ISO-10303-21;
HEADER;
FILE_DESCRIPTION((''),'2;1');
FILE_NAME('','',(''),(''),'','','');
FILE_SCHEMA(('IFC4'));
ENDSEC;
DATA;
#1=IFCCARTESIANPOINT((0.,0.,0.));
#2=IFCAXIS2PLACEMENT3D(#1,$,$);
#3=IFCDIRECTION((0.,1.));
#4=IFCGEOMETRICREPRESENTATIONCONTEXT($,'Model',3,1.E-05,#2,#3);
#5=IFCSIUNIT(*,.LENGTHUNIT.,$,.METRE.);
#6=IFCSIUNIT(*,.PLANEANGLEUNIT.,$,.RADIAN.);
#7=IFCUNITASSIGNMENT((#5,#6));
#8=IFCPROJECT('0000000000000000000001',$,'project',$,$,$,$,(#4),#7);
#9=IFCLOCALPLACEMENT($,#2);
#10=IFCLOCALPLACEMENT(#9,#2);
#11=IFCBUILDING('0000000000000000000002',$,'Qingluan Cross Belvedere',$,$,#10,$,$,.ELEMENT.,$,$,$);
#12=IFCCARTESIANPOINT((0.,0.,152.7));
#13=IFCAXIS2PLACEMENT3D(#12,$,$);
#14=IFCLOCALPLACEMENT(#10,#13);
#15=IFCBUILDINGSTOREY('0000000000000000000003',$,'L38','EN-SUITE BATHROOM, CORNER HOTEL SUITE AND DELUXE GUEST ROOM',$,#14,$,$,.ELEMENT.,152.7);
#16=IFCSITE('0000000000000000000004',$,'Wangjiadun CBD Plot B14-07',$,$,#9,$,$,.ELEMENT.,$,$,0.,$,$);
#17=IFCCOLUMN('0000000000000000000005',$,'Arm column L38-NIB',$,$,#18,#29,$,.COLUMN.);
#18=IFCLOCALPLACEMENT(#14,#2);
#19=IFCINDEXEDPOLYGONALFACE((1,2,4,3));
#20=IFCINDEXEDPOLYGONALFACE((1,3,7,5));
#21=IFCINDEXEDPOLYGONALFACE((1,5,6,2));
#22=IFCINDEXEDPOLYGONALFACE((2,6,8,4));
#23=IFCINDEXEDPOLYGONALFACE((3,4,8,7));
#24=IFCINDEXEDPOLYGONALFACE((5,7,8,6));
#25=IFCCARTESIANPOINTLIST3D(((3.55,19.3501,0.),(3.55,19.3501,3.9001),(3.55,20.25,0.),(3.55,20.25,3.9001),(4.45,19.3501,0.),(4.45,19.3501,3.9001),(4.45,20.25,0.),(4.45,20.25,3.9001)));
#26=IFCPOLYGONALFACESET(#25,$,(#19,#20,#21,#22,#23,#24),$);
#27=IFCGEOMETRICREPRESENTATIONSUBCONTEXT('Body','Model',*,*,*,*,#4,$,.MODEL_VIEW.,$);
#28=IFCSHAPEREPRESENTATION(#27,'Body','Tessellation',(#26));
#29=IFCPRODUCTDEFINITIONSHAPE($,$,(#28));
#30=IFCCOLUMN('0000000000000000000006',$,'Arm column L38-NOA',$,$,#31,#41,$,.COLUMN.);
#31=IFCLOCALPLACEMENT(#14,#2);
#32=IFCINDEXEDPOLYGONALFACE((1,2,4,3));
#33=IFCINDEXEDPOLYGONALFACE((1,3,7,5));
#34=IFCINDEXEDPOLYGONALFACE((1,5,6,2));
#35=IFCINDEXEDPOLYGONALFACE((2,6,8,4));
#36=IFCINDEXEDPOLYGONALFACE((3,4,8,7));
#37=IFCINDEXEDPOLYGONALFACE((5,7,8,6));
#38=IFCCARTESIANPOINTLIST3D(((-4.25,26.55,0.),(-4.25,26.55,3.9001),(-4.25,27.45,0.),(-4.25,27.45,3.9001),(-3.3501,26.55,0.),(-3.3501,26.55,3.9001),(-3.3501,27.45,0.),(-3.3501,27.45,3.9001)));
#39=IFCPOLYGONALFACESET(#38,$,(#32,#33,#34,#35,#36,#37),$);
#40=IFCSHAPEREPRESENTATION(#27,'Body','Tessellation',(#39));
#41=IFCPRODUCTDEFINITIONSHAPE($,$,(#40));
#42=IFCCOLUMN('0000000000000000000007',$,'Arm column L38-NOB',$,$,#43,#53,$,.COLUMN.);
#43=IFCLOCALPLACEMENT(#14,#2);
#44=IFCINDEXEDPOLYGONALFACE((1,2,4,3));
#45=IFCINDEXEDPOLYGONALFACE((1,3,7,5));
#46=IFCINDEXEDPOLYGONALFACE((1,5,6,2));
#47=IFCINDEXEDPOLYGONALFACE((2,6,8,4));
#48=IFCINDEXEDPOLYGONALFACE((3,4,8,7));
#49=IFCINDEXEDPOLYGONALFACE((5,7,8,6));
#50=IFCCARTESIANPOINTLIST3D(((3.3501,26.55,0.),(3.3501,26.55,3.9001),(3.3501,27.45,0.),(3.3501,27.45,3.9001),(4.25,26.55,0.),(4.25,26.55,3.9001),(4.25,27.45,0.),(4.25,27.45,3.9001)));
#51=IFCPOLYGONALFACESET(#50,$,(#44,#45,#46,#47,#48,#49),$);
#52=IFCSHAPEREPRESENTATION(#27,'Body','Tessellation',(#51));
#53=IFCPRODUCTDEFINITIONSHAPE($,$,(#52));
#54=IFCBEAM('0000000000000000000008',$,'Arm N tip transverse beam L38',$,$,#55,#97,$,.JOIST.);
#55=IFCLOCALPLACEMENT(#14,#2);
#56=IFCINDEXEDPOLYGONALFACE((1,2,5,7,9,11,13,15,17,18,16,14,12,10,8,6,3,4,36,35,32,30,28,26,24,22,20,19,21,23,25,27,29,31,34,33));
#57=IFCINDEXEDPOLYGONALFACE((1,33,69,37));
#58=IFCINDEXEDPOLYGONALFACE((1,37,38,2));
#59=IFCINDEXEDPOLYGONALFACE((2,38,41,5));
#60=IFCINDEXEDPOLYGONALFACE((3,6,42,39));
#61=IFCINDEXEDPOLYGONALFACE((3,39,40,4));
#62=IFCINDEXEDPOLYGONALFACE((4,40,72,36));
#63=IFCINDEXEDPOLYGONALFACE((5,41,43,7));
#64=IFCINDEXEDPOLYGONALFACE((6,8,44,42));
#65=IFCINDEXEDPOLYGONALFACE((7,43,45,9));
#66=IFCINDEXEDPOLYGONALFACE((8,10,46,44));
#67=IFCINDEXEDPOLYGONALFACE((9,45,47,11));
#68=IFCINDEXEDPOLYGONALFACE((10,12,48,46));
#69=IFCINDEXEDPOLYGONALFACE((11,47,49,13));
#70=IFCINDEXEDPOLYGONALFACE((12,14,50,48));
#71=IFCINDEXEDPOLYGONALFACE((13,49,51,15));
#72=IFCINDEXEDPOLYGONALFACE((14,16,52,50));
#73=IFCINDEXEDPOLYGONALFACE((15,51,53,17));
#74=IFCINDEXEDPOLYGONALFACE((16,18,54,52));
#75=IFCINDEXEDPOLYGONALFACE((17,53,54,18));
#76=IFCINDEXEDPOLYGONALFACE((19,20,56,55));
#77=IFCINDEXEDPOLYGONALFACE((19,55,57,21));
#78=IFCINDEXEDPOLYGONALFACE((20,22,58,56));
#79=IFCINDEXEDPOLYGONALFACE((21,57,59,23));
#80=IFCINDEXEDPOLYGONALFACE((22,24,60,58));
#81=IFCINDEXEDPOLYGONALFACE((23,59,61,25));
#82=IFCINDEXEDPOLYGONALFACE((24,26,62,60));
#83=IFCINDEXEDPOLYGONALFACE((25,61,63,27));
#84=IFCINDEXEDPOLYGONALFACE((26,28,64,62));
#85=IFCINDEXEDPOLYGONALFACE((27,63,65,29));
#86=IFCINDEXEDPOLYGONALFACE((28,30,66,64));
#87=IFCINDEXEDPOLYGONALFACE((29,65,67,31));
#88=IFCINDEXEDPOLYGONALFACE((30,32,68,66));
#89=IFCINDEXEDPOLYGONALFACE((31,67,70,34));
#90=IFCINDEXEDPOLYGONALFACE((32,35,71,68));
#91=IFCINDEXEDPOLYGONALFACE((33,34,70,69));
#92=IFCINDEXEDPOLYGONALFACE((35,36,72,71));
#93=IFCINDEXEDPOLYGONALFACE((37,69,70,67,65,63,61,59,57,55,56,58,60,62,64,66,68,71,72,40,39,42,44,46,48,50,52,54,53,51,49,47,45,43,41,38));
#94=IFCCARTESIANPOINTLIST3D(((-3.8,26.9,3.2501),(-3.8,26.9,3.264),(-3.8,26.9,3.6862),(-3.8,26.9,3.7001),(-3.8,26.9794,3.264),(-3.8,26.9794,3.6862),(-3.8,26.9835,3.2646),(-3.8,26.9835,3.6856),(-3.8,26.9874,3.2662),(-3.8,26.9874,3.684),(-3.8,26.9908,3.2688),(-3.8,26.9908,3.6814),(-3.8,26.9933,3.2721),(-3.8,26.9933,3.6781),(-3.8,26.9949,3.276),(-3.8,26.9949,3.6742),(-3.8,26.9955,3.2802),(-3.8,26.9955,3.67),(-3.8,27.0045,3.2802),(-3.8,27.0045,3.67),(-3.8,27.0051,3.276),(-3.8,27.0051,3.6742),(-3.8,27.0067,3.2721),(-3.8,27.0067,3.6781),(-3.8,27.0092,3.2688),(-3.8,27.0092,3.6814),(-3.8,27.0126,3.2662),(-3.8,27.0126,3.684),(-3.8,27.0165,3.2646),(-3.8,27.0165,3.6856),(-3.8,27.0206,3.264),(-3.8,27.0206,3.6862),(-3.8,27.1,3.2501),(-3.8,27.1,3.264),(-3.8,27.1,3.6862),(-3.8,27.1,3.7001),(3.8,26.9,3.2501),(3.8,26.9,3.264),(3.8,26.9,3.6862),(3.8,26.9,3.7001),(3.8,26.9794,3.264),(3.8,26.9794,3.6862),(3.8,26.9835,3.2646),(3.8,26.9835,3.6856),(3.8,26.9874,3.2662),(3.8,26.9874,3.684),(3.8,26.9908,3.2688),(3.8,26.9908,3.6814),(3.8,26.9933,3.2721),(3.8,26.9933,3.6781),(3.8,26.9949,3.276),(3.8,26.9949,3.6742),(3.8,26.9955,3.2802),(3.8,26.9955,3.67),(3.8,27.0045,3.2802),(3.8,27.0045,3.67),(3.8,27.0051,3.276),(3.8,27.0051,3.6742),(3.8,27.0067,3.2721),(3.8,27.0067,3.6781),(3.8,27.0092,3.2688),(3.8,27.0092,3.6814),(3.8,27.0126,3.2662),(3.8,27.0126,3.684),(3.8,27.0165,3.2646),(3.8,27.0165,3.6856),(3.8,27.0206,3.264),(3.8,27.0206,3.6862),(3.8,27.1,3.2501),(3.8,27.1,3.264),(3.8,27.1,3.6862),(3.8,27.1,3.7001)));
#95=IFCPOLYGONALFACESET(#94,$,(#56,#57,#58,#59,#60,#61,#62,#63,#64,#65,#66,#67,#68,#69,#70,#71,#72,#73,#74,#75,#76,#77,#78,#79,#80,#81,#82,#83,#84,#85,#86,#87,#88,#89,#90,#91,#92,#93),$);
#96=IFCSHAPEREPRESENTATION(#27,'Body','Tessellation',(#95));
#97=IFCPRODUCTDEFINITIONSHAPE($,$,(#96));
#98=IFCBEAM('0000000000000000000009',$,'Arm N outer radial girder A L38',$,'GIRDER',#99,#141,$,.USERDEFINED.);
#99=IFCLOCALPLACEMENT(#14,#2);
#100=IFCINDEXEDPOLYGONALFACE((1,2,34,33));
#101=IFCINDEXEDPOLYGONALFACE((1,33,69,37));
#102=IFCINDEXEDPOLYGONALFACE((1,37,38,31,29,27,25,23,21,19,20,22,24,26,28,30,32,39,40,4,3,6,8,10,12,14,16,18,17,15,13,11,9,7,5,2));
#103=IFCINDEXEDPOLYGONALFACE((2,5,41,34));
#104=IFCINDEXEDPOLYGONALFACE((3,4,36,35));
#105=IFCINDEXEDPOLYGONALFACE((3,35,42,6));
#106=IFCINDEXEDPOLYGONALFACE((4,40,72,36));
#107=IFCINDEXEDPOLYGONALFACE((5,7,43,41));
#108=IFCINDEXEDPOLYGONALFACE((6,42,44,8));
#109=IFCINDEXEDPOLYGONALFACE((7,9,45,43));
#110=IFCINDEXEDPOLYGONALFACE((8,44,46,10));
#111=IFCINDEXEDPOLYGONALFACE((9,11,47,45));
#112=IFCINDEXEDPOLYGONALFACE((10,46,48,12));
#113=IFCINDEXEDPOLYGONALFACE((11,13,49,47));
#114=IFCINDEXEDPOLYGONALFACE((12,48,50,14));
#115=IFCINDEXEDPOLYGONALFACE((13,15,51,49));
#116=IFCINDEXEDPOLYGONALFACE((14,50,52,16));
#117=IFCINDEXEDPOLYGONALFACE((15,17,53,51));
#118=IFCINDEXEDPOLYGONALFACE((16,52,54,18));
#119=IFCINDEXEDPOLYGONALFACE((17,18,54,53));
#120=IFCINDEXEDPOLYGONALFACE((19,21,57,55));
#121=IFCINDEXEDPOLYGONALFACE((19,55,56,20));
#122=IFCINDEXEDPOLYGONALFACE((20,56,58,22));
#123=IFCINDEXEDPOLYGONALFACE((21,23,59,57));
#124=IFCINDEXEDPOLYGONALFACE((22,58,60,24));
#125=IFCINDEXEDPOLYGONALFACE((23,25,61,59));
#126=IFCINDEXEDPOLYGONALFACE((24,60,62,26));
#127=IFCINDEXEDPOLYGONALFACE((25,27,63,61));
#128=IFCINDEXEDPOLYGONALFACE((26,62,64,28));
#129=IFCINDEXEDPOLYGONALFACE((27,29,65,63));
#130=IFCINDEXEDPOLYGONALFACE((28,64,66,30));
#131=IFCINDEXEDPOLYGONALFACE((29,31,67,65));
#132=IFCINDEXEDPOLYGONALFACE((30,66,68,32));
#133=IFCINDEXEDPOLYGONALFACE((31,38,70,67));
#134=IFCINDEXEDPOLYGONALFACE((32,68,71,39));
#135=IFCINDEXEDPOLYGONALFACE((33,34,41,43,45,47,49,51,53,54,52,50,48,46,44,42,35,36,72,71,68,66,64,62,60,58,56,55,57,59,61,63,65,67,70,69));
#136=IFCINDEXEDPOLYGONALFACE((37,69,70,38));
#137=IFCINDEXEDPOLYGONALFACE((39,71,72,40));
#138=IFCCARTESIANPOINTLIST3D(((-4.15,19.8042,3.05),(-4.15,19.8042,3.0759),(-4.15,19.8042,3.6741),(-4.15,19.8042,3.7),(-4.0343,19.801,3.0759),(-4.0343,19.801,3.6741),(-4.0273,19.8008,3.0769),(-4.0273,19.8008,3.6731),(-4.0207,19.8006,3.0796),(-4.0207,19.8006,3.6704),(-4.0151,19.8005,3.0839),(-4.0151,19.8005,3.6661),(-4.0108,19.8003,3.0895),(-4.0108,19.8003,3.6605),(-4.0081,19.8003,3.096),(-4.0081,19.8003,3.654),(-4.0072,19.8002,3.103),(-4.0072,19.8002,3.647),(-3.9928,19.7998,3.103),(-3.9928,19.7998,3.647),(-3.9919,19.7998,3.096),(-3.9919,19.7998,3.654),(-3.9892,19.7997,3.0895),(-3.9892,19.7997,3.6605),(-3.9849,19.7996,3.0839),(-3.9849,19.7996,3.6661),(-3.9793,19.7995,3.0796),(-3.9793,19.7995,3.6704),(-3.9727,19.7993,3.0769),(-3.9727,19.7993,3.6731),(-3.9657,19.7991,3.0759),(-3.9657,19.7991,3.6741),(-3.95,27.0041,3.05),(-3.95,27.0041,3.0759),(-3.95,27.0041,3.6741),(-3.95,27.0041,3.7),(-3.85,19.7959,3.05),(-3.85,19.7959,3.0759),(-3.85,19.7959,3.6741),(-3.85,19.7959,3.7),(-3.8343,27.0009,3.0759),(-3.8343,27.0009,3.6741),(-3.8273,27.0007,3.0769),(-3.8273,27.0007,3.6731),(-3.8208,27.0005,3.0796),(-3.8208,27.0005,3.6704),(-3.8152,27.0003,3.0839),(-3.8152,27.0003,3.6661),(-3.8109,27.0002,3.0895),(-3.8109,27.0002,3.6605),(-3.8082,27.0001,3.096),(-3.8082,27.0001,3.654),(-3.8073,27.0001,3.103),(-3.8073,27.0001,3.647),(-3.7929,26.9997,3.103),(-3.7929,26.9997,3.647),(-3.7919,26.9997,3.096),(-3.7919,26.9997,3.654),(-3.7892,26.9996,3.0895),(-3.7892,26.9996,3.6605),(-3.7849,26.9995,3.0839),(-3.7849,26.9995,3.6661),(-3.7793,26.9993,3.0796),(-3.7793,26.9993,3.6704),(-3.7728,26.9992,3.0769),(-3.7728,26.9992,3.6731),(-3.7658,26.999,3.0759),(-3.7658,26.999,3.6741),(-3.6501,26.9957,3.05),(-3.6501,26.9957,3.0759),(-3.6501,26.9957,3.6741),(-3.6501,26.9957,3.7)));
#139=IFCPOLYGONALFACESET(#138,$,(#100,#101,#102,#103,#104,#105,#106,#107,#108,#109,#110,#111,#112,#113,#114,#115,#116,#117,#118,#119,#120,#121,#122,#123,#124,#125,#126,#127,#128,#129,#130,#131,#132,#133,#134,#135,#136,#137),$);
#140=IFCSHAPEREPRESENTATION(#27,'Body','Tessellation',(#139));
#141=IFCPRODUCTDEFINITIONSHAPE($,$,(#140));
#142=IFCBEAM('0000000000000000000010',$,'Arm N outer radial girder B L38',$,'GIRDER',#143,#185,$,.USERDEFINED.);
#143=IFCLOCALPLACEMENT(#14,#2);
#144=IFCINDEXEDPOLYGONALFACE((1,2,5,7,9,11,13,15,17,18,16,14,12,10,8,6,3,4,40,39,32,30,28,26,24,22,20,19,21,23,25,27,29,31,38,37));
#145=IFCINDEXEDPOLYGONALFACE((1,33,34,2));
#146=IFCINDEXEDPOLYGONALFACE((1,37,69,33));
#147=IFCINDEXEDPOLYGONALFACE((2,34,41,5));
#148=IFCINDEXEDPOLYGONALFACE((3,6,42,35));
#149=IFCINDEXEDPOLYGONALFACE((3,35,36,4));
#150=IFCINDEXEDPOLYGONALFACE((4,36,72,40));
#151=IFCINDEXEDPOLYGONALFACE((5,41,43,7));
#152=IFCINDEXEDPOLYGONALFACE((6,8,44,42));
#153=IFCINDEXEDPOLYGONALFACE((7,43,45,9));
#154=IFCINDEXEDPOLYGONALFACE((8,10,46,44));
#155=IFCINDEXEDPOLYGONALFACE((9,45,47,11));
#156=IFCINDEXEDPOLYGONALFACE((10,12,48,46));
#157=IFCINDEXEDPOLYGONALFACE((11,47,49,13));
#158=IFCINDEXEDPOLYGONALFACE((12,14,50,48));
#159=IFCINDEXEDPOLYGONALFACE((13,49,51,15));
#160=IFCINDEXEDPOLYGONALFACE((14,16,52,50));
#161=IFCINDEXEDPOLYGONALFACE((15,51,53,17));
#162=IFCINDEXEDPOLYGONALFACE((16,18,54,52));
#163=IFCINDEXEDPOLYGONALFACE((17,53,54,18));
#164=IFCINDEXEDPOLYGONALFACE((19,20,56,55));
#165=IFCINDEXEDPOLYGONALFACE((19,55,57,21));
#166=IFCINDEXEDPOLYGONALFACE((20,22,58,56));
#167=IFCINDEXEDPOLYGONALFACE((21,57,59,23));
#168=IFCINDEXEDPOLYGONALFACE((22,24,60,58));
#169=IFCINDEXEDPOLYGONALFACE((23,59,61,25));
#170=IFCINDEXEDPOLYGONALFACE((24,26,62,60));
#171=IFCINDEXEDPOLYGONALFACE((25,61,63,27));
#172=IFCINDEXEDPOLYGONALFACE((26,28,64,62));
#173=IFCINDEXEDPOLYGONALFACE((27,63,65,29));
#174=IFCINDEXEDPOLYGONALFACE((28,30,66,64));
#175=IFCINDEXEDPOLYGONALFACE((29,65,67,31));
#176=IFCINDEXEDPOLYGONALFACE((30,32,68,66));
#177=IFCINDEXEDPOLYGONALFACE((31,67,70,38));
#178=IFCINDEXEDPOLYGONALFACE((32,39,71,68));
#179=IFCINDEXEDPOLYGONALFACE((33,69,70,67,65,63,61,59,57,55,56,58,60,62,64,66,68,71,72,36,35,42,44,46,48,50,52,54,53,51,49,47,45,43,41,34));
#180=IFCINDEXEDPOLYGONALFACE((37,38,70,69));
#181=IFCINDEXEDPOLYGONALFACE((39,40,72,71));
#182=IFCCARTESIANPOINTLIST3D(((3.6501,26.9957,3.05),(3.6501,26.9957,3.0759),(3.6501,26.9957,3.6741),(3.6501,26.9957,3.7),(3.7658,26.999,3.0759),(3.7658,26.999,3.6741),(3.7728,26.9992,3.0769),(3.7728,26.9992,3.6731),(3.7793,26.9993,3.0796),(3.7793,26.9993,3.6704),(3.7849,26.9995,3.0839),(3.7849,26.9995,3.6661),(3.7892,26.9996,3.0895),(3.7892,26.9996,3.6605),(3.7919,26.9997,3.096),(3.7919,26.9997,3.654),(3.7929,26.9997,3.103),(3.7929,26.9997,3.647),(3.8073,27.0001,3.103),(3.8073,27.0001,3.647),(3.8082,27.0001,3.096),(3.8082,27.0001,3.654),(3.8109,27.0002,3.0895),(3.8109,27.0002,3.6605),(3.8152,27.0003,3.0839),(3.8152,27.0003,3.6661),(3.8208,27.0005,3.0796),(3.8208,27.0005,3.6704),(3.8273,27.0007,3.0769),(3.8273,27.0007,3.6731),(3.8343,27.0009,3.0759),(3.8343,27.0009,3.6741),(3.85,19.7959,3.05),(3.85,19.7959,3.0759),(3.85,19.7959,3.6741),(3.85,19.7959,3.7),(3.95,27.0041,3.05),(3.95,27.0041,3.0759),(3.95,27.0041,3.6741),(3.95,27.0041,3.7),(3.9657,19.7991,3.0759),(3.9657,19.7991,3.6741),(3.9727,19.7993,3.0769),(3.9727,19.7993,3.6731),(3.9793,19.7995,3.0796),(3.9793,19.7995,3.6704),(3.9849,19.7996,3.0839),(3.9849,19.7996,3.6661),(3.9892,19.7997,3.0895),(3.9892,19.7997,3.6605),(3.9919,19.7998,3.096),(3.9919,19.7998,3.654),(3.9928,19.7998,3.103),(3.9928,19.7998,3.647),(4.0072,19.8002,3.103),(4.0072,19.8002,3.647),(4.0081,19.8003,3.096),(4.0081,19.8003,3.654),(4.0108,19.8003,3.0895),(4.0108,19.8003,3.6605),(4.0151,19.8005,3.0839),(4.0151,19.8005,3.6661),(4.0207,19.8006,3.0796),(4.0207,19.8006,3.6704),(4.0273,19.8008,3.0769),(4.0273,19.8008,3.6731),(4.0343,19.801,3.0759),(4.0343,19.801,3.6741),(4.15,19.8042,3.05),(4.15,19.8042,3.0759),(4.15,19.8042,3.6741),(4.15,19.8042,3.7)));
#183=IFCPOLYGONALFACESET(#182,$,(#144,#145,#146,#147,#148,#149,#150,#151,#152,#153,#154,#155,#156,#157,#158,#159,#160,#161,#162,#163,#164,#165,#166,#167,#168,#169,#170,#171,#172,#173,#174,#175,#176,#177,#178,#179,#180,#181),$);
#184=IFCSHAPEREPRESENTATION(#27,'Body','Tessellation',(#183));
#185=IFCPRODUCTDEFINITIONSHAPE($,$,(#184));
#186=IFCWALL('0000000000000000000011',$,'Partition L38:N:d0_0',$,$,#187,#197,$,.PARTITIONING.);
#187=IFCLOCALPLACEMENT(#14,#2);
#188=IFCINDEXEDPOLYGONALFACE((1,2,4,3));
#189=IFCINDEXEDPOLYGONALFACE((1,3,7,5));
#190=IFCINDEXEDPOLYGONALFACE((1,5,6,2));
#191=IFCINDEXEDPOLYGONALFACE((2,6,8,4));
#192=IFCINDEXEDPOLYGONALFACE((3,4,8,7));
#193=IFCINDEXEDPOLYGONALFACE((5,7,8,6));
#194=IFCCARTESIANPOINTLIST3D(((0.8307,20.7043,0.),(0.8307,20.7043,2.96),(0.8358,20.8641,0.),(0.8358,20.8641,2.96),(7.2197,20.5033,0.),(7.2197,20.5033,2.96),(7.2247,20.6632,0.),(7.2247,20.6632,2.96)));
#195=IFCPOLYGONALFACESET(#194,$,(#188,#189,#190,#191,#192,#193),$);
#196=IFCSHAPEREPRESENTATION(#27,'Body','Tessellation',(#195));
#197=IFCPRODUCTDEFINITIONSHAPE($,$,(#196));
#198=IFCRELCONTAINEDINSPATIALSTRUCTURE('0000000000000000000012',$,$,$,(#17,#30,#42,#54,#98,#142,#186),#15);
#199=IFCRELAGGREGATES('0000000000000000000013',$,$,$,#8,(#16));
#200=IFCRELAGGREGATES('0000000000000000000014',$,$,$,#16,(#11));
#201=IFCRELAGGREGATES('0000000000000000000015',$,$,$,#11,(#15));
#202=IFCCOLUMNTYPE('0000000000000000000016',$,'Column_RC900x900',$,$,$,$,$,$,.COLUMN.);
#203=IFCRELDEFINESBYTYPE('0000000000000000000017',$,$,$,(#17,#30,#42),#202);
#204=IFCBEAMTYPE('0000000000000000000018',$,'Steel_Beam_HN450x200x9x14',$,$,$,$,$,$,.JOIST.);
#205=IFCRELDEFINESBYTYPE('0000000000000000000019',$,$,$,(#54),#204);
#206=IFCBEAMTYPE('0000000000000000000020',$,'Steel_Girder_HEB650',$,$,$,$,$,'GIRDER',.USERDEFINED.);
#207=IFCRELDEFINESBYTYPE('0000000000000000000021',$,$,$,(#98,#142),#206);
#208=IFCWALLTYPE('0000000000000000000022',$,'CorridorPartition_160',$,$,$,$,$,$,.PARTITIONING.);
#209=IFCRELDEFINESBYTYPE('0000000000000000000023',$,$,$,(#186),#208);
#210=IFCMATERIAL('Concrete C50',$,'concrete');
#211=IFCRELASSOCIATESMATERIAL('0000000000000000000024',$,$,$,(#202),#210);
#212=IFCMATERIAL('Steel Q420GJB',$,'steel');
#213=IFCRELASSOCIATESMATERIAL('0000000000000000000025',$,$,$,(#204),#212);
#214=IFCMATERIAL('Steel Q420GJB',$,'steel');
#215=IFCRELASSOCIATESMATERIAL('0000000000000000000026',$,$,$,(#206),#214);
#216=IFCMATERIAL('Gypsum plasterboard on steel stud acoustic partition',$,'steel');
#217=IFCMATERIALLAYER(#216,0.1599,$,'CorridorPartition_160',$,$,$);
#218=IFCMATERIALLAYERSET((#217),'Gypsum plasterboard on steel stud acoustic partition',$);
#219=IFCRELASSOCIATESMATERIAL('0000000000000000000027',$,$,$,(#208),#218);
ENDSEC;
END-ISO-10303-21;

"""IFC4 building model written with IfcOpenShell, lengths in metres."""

from ifc_helpers import new_model, si_unit, direction, frame, frame_2d, origin, origin_2d, place, context, subcontext, project, spatial, rectangle, i_section, extrude, material, layer, layer_set, material_profile, profile_set, type_object, element, save


model = new_model("IFC4")

# Units and contexts
model_context = context("Model", 3, precision=1e-05, world=origin(), true_north=direction((0.0, 1.0)))
body_context = subcontext(model_context, "Body", "Model", "MODEL_VIEW")
ifc_project = project(units=[si_unit("LENGTHUNIT", "METRE"), si_unit("PLANEANGLEUNIT", "RADIAN")], contexts=[model_context])

# Site, building, storey
site_placement = place(None, origin())
site = spatial("IfcSite", under=ifc_project, at=site_placement, Name="Wangjiadun CBD Plot B14-07", CompositionType="ELEMENT", RefElevation=0.0)
building_placement = place(site_placement, origin())
building = spatial("IfcBuilding", under=site, at=building_placement, Name="Qingluan Cross Belvedere", CompositionType="ELEMENT")
storey_placement = place(building_placement, frame((0.0, 0.0, 152.7)))
storey = spatial("IfcBuildingStorey", under=building, at=storey_placement, Name="L38", Description="EN-SUITE BATHROOM, CORNER HOTEL SUITE AND DELUXE GUEST ROOM", CompositionType="ELEMENT", Elevation=152.7)

# Columns
ifc_material_1 = material(Name="Concrete C50", Category="concrete")
ifc_material_profile_1 = material_profile(ifc_material_1, rectangle(XDim=0.8999, YDim=0.8999, at=origin_2d()), Name="RC900x900")
ifc_profile_set_1 = profile_set([ifc_material_profile_1], Name="Concrete C50")
column_type = type_object("IfcColumnType", Name="Column_RC900x900", PredefinedType="COLUMN", material=ifc_profile_set_1)
for number, where, z_axis, x_axis, name in (
    (1, (4.0, 19.8, 0.0), (0.0, 0.0, 1.0), (1.0, 0.0, 0.0), "Arm column L38-NIB"),
    (2, (-3.8, 27.0, 0.0), (0.0, 0.0, 1.0), (1.0, 0.0, 0.0), "Arm column L38-NOA"),
    (3, (3.8, 27.0, 0.0), (0.0, 0.0, 1.0), (1.0, 0.0, 0.0), "Arm column L38-NOB"),
):
    element("IfcColumn", number, at=place(storey_placement, frame(where, z_axis=z_axis, x_axis=x_axis)), inside=storey, type_object=column_type, Name=name, PredefinedType="COLUMN", context=body_context, shape_type="SweptSolid", body=[
        extrude(rectangle(XDim=0.8999, YDim=0.8999, at=origin_2d()), origin(), (0.0, 0.0, 1.0), 3.9001),
    ])

# Beams
ifc_material_2 = material(Name="Steel Q420GJB", Category="steel")
ifc_material_profile_2 = material_profile(ifc_material_2, i_section(OverallWidth=0.2, OverallDepth=0.45, WebThickness=0.009, FlangeThickness=0.0139, FilletRadius=0.0161, at=origin_2d()), Name="HN450x200x9x14")
ifc_profile_set_2 = profile_set([ifc_material_profile_2], Name="Steel Q420GJB")
beam_type_1 = type_object("IfcBeamType", Name="Steel_Beam_HN450x200x9x14", PredefinedType="JOIST", material=ifc_profile_set_2)
beam_placement = place(storey_placement, frame((-3.8, 27.0, 3.4751), z_axis=(1.0, 0.0, 0.0), x_axis=(0.0, 1.0, 0.0)))
element("IfcBeam", 4, at=beam_placement, inside=storey, type_object=beam_type_1, Name="Arm N tip transverse beam L38", PredefinedType="JOIST", context=body_context, shape_type="SweptSolid", body=[
    extrude(i_section(OverallWidth=0.2, OverallDepth=0.45, WebThickness=0.009, FlangeThickness=0.0139, FilletRadius=0.0161, at=origin_2d()), origin(), (0.0, 0.0, 1.0), 7.6001),
])
ifc_material_3 = material(Name="Steel Q420GJB", Category="steel")
ifc_material_profile_3 = material_profile(ifc_material_3, i_section(OverallWidth=0.3, OverallDepth=0.6499, WebThickness=0.0144, FlangeThickness=0.0259, FilletRadius=0.0271, at=origin_2d()), Name="HEB650")
ifc_profile_set_3 = profile_set([ifc_material_profile_3], Name="Steel Q420GJB")
beam_type_2 = type_object("IfcBeamType", Name="Steel_Girder_HEB650", ElementType="GIRDER", PredefinedType="USERDEFINED", material=ifc_profile_set_3)
for number, where, z_axis, x_axis, name in (
    (5, (-4.0, 19.8, 3.375), (0.02776, 0.999615, 0.0), (-0.999615, 0.02776, 0.0), "Arm N outer radial girder A L38"),
    (6, (4.0, 19.8, 3.375), (-0.02776, 0.999615, 0.0), (-0.999615, -0.02776, 0.0), "Arm N outer radial girder B L38"),
):
    element("IfcBeam", number, at=place(storey_placement, frame(where, z_axis=z_axis, x_axis=x_axis)), inside=storey, type_object=beam_type_2, Name=name, ObjectType="GIRDER", PredefinedType="USERDEFINED", context=body_context, shape_type="SweptSolid", body=[
        extrude(i_section(OverallWidth=0.3, OverallDepth=0.6499, WebThickness=0.0144, FlangeThickness=0.0259, FilletRadius=0.0271, at=origin_2d()), origin(), (0.0, 0.0, 1.0), 7.2026),
    ])

# Wall
ifc_material_4 = material(Name="Gypsum plasterboard on steel stud acoustic partition", Category="steel")
ifc_layer_1 = layer(ifc_material_4, 0.1599, Name="CorridorPartition_160")
ifc_layer_set_1 = layer_set([ifc_layer_1], Name="Gypsum plasterboard on steel stud acoustic partition")
wall_type_1 = type_object("IfcWallType", Name="CorridorPartition_160", PredefinedType="PARTITIONING", material=ifc_layer_set_1)
wall_1_placement = place(storey_placement, frame((0.8333, 20.7842, 0.0), z_axis=(0.0, 0.0, 1.0), x_axis=(0.999506, -0.031434, 0.0)))
element("IfcWall", 7, at=wall_1_placement, inside=storey, type_object=wall_type_1, Name="Partition L38:N:d0_0", PredefinedType="PARTITIONING", context=body_context, shape_type="SweptSolid", body=[
    extrude(rectangle(XDim=6.3921, YDim=0.1599, at=frame_2d((3.196, 0.0))), origin(), (0.0, 0.0, 1.0), 2.96),
])

save(model, "model.ifc")
